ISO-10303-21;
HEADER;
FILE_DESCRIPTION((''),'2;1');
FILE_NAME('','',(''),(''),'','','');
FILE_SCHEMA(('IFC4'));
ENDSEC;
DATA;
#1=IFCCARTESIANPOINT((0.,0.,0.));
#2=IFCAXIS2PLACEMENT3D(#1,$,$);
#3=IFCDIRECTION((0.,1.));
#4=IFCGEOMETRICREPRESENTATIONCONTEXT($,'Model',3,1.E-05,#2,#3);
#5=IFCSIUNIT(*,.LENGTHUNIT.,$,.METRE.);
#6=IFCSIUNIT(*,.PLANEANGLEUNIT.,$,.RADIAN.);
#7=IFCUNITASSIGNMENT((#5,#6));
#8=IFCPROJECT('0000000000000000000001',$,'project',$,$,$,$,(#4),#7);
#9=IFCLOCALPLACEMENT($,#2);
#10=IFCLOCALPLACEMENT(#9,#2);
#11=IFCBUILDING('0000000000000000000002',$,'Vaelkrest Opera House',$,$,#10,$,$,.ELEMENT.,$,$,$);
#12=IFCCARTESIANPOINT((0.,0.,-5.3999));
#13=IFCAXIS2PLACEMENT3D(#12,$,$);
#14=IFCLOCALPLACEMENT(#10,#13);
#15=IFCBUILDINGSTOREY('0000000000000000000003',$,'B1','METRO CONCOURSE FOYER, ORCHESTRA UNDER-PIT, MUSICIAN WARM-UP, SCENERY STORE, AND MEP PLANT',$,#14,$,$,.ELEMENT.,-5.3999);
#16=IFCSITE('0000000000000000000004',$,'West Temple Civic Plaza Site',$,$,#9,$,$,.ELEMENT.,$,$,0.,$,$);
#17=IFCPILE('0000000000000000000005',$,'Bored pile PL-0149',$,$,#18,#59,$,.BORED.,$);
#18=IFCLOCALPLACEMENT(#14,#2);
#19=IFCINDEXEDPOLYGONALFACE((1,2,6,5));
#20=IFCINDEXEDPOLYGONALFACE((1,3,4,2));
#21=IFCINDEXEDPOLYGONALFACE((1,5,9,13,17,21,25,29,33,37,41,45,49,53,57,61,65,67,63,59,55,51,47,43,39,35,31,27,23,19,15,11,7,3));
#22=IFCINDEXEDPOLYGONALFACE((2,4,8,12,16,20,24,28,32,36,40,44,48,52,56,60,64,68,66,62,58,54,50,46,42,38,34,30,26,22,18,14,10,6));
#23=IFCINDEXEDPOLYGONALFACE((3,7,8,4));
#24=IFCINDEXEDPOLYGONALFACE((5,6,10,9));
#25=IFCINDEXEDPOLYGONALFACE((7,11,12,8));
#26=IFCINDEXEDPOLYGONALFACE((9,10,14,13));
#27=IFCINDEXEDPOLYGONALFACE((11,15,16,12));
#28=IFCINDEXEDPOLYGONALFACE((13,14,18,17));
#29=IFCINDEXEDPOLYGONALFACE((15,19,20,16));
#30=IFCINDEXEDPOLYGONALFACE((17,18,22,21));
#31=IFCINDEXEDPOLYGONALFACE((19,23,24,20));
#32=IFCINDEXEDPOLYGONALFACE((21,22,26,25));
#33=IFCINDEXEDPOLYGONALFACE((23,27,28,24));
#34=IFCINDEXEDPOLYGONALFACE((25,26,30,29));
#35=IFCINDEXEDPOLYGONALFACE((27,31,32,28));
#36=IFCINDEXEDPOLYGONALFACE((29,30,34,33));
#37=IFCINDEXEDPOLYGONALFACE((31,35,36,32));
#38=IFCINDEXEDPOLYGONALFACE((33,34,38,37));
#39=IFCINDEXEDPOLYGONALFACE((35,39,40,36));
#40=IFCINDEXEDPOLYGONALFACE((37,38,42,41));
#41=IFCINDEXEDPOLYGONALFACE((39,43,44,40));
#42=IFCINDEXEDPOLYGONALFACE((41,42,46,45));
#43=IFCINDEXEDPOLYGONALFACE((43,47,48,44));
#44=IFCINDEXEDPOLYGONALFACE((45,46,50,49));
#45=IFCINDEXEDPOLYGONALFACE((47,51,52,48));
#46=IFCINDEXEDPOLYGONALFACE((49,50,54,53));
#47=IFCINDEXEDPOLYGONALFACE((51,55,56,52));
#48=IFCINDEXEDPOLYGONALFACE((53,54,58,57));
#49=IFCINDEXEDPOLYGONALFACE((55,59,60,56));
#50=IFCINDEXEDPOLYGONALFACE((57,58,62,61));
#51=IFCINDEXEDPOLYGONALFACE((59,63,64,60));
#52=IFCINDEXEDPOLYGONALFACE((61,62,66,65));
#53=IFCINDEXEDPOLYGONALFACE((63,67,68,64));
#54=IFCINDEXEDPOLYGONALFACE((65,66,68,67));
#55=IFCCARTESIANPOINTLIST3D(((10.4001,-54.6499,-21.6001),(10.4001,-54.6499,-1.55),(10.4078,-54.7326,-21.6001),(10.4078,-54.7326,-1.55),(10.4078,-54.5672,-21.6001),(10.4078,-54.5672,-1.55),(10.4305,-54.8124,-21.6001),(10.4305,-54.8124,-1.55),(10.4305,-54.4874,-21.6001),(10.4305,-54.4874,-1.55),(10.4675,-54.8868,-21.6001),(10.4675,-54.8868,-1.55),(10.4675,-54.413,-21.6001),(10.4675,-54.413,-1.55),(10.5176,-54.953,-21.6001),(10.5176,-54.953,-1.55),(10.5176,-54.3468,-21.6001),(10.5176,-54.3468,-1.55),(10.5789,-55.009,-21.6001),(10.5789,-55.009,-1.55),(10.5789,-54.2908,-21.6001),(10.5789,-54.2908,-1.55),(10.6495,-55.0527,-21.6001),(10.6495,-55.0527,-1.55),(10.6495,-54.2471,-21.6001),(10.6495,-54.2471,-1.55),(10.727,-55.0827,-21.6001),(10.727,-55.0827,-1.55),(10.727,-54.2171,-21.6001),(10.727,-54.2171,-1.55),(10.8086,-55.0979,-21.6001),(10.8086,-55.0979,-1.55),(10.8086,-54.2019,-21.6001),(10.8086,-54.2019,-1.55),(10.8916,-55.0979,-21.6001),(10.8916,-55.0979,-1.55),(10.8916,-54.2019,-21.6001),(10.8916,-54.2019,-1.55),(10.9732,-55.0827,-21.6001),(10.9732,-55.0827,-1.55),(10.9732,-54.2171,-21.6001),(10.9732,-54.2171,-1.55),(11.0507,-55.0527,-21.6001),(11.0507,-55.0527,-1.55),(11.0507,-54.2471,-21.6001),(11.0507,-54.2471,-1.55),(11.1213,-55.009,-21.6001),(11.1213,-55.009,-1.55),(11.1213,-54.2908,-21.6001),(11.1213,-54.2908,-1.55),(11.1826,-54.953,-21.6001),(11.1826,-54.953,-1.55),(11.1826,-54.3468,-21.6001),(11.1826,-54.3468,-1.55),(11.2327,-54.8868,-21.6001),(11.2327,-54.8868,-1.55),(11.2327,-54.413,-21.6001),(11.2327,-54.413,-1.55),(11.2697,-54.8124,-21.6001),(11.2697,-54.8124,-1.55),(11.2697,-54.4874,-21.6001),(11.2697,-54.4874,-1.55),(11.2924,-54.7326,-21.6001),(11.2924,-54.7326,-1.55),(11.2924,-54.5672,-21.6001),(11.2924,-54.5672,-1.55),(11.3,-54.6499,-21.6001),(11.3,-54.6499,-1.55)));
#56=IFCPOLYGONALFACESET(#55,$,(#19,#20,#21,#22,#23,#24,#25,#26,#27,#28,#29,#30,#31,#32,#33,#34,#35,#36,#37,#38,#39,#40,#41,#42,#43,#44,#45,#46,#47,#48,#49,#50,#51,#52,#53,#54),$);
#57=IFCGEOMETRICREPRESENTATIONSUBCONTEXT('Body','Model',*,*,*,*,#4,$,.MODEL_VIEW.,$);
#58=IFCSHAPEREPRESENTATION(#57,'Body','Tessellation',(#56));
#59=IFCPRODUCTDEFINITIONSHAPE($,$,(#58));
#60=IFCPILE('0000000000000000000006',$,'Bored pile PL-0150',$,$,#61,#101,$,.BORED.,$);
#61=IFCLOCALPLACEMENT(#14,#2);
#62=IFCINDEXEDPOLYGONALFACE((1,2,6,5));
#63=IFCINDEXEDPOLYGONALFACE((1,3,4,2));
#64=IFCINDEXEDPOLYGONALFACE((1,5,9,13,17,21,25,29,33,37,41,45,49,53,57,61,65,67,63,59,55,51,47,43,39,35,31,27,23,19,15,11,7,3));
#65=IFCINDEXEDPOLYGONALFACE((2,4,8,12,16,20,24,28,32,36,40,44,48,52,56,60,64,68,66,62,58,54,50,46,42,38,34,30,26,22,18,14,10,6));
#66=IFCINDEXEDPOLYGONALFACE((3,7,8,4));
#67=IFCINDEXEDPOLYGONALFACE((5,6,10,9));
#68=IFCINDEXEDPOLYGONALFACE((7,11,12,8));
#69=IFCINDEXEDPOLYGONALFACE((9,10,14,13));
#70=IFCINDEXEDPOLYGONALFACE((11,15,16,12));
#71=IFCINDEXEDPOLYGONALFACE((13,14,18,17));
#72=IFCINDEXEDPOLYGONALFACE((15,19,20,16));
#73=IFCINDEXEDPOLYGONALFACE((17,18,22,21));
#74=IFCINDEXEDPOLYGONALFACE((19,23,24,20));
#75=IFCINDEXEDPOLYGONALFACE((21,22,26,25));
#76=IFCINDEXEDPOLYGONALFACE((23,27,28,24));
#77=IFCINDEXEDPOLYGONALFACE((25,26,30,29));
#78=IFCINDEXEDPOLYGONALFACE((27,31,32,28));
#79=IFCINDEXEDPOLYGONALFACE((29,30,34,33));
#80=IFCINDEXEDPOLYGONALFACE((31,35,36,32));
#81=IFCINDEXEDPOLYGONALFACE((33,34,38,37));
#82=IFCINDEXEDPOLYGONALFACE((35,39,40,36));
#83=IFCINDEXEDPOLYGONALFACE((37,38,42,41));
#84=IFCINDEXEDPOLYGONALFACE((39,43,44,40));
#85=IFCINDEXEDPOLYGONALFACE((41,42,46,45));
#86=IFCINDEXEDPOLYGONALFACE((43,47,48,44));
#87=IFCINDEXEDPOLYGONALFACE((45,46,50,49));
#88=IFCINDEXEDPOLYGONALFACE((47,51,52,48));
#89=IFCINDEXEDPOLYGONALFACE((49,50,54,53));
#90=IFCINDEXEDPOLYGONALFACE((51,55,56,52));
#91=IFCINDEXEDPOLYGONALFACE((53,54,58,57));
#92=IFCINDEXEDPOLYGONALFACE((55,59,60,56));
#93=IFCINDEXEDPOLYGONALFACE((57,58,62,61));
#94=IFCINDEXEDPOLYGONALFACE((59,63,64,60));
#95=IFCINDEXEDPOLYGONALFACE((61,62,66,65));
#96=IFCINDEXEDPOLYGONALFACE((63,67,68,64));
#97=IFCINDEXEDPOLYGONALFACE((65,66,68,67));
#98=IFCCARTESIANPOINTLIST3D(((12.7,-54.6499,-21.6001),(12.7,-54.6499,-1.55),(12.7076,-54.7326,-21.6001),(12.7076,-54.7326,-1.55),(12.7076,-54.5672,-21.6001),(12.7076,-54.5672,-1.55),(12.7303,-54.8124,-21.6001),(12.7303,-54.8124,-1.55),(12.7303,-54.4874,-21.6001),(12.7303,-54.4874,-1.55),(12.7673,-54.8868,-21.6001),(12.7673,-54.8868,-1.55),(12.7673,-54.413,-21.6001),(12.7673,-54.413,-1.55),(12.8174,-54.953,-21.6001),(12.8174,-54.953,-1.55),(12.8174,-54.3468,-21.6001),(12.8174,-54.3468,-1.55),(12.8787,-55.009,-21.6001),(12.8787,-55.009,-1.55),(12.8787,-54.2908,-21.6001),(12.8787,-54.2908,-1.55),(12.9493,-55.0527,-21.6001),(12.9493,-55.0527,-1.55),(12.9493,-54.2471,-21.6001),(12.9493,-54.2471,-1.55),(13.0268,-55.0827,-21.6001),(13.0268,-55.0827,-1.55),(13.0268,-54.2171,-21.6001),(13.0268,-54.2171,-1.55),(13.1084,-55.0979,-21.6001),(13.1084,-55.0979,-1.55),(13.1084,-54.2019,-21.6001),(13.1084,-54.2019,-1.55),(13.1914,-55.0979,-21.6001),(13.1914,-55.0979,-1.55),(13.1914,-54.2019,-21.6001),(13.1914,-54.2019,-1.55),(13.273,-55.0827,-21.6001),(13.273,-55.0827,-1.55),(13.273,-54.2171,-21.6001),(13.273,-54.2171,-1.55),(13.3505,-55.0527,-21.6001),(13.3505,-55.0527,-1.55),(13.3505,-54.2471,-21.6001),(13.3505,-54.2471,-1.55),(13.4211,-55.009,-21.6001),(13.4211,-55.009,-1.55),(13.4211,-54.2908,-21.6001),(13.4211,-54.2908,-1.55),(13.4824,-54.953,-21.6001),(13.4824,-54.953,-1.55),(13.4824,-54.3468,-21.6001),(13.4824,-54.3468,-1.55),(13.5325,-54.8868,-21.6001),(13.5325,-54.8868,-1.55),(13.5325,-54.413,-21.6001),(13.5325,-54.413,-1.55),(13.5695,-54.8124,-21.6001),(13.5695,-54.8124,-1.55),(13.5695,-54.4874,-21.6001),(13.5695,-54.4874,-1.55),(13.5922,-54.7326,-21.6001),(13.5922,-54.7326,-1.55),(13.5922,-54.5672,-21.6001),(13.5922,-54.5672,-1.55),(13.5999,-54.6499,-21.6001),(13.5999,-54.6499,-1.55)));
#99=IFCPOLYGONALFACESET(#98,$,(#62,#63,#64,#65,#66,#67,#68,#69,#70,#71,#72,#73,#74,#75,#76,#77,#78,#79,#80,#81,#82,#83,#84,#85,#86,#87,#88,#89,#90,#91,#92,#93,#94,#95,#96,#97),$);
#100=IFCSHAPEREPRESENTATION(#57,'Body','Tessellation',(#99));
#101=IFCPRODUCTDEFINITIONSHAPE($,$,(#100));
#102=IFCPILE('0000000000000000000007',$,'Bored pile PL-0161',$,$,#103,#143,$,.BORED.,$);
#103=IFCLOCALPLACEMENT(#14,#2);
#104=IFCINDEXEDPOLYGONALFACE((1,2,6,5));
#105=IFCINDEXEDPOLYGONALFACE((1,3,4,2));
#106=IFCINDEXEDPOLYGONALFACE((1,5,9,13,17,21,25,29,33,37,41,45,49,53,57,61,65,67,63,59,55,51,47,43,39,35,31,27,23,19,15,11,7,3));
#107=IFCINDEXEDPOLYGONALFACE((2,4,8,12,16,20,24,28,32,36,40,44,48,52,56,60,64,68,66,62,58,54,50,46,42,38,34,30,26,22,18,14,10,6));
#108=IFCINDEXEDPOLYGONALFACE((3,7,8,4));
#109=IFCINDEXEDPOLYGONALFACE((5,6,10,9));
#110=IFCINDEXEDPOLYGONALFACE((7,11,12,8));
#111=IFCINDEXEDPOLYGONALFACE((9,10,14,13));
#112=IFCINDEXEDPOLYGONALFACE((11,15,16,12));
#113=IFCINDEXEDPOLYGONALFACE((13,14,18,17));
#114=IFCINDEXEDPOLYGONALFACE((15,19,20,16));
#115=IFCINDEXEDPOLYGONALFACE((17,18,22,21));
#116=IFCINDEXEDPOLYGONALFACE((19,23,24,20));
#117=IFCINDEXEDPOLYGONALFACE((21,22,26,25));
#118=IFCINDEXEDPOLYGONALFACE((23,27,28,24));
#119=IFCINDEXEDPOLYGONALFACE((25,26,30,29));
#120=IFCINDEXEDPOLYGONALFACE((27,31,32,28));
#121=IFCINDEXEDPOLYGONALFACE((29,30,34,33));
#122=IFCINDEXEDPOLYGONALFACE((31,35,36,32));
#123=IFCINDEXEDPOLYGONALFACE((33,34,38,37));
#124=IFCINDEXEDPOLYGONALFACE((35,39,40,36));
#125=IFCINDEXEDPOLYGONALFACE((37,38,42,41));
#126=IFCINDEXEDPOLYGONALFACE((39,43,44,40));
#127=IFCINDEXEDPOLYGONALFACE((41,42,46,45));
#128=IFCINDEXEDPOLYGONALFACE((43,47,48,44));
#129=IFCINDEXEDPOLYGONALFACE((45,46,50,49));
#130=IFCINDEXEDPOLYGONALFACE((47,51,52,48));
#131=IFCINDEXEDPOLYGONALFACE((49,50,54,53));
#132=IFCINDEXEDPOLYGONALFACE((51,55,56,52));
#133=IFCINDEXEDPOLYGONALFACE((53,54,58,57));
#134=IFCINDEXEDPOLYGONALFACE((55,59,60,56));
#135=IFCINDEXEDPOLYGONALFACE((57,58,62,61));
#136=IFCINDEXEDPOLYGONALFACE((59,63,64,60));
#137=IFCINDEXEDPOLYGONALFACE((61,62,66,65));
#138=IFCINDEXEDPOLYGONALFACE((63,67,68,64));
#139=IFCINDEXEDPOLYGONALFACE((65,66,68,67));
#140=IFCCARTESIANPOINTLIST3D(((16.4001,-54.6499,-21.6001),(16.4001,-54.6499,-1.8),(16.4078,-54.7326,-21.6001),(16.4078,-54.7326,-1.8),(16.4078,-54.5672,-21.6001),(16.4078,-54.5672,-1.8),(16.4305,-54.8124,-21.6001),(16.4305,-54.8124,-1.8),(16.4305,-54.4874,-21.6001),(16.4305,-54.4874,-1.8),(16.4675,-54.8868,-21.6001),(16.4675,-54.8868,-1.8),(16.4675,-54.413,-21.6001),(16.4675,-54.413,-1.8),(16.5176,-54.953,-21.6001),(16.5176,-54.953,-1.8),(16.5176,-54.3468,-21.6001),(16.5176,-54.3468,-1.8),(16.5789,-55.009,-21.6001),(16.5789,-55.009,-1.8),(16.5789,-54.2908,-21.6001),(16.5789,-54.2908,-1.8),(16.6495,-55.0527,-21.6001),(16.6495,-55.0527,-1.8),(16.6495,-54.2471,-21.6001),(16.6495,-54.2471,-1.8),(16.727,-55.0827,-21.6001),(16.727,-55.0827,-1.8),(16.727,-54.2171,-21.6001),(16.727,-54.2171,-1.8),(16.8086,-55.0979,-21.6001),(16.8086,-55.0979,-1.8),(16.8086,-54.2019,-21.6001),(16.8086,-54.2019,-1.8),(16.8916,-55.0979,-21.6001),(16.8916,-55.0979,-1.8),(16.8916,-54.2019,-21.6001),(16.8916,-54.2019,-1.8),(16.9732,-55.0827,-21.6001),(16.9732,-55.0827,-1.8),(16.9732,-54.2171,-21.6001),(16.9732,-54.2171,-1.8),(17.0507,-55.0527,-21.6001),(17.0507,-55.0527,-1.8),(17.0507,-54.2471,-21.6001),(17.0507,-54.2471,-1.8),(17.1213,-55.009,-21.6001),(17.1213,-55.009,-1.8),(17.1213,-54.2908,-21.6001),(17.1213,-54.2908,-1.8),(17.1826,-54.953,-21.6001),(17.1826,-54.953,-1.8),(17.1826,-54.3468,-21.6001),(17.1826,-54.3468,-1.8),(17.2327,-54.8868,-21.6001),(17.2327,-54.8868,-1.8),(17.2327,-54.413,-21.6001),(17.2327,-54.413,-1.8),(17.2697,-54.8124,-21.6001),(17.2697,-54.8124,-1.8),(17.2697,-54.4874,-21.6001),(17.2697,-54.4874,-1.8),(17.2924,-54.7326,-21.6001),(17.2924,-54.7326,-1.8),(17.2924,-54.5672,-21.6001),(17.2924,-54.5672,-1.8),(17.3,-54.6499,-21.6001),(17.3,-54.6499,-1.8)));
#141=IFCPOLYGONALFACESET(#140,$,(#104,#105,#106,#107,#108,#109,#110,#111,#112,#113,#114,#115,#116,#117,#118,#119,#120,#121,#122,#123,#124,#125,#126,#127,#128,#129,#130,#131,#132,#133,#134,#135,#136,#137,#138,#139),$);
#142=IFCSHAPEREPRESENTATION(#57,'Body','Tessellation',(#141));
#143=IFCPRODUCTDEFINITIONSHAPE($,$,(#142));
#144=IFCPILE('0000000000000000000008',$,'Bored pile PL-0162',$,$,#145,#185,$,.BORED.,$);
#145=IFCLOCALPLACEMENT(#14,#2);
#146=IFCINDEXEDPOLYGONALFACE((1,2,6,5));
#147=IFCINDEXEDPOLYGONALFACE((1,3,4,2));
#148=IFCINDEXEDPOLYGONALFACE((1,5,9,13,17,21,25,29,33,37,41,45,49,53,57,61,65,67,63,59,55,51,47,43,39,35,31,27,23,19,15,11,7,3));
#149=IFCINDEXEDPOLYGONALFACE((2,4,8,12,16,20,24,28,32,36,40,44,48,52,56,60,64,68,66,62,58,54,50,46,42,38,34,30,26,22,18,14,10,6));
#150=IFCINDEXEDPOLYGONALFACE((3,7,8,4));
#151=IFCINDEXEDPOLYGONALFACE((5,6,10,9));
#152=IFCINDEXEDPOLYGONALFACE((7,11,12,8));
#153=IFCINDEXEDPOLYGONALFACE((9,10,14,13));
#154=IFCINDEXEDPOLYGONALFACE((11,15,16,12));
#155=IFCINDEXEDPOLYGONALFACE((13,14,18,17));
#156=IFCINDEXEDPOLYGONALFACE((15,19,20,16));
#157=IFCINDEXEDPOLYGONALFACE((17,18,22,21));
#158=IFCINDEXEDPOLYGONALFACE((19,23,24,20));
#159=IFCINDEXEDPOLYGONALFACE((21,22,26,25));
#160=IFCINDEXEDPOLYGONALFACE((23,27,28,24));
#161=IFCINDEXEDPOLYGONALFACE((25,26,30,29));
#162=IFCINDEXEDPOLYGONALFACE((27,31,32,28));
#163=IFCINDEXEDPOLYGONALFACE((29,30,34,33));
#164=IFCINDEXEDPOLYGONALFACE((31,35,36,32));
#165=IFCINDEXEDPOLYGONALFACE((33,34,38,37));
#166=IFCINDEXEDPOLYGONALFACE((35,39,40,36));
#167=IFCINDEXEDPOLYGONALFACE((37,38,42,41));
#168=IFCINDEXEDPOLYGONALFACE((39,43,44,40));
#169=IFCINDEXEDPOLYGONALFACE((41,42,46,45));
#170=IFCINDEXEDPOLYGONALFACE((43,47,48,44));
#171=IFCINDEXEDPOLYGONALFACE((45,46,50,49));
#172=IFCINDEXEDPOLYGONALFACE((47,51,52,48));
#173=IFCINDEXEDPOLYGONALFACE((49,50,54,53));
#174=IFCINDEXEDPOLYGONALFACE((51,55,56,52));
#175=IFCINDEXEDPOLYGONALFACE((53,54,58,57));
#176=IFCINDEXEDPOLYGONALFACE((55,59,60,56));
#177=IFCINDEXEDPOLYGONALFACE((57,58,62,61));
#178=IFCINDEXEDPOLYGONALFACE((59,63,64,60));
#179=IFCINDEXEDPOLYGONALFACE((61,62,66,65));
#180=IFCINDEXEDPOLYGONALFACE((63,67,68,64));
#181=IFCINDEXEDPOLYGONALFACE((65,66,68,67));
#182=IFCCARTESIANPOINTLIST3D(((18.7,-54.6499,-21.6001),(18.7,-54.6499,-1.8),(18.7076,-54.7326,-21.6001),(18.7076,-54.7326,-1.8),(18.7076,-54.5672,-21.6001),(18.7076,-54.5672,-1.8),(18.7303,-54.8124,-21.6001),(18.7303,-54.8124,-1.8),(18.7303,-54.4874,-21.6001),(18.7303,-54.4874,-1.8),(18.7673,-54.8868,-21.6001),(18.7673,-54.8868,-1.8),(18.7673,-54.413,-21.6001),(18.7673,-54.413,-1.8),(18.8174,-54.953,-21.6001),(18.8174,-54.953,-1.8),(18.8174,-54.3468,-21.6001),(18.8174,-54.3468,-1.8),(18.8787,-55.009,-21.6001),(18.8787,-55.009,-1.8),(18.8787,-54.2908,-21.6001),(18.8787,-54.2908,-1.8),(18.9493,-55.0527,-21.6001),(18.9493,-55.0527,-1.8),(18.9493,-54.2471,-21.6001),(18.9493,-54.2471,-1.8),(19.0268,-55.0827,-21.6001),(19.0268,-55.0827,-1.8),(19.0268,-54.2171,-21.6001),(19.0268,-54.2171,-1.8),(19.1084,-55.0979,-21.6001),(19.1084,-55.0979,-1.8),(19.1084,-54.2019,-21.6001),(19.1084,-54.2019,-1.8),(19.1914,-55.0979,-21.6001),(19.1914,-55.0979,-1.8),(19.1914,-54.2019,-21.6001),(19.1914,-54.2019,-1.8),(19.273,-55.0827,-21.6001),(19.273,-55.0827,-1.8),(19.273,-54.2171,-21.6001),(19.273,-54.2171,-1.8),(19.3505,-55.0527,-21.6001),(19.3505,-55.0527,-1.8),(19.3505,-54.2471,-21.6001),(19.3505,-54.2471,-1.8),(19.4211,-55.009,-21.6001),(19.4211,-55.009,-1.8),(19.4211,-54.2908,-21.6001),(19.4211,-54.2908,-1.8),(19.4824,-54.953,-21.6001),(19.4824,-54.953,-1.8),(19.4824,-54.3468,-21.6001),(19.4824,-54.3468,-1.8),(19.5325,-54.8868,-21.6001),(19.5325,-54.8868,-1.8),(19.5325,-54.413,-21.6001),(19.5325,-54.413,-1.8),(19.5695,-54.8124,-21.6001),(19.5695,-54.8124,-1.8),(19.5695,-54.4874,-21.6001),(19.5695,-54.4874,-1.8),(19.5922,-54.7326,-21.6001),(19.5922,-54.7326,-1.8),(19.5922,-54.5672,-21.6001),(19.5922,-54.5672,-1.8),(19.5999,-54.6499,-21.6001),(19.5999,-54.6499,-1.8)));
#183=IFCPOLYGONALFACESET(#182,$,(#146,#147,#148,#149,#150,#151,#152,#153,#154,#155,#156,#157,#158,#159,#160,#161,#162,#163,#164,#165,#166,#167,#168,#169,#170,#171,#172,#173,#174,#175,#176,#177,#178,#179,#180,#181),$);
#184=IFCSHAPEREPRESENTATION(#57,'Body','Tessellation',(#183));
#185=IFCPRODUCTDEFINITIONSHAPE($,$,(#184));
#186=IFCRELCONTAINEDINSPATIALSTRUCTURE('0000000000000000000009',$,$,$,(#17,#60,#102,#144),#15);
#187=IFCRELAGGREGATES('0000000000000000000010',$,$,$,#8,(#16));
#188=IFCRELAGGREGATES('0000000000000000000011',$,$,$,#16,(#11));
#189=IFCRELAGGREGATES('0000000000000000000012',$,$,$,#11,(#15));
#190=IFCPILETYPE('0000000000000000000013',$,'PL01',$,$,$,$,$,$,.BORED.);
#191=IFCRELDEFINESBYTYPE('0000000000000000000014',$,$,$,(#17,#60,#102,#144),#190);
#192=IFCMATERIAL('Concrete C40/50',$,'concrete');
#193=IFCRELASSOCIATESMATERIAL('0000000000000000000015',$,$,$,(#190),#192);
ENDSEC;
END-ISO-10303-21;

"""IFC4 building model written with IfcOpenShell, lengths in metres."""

from ifc_helpers import new_model, si_unit, direction, frame, origin, origin_2d, place, context, subcontext, project, spatial, circle, extrude, material, material_profile, profile_set, type_object, element, save


model = new_model("IFC4")

# Units and contexts
model_context = context("Model", 3, precision=1e-05, world=origin(), true_north=direction((0.0, 1.0)))
body_context = subcontext(model_context, "Body", "Model", "MODEL_VIEW")
ifc_project = project(units=[si_unit("LENGTHUNIT", "METRE"), si_unit("PLANEANGLEUNIT", "RADIAN")], contexts=[model_context])

# Site, building, storey
site_placement = place(None, origin())
site = spatial("IfcSite", under=ifc_project, at=site_placement, Name="West Temple Civic Plaza Site", CompositionType="ELEMENT", RefElevation=0.0)
building_placement = place(site_placement, origin())
building = spatial("IfcBuilding", under=site, at=building_placement, Name="Vaelkrest Opera House", CompositionType="ELEMENT")
storey_placement = place(building_placement, frame((0.0, 0.0, -5.3999)))
storey = spatial("IfcBuildingStorey", under=building, at=storey_placement, Name="B1", Description="METRO CONCOURSE FOYER, ORCHESTRA UNDER-PIT, MUSICIAN WARM-UP, SCENERY STORE, AND MEP PLANT", CompositionType="ELEMENT", Elevation=-5.3999)

# Shared definitions
ifc_material_1 = material(Name="Concrete C40/50", Category="concrete")

# Piles
ifc_material_profile_1 = material_profile(ifc_material_1, circle(Radius=0.45, at=origin_2d()), Name="PILE900")
ifc_profile_set_1 = profile_set([ifc_material_profile_1], Name="Concrete C40/50")
pile_type = type_object("IfcPileType", Name="PL01", PredefinedType="BORED", material=ifc_profile_set_1)
for number, where, z_axis, x_axis, name in (
    (1, (10.8501, -54.6499, -1.55), (0.0, 0.0, -1.0), (1.0, 0.0, 0.0), "Bored pile PL-0149"),
    (2, (13.1499, -54.6499, -1.55), (0.0, 0.0, -1.0), (1.0, 0.0, 0.0), "Bored pile PL-0150"),
):
    element("IfcPile", number, at=place(storey_placement, frame(where, z_axis=z_axis, x_axis=x_axis)), inside=storey, type_object=pile_type, Name=name, PredefinedType="BORED", context=body_context, shape_type="SweptSolid", body=[
        extrude(circle(Radius=0.45, at=origin_2d()), origin(), (0.0, 0.0, 1.0), 20.05),
    ])
for number, where, z_axis, x_axis, name in (
    (3, (16.8501, -54.6499, -1.8), (0.0, 0.0, -1.0), (1.0, 0.0, 0.0), "Bored pile PL-0161"),
    (4, (19.1499, -54.6499, -1.8), (0.0, 0.0, -1.0), (1.0, 0.0, 0.0), "Bored pile PL-0162"),
):
    element("IfcPile", number, at=place(storey_placement, frame(where, z_axis=z_axis, x_axis=x_axis)), inside=storey, type_object=pile_type, Name=name, PredefinedType="BORED", context=body_context, shape_type="SweptSolid", body=[
        extrude(circle(Radius=0.45, at=origin_2d()), origin(), (0.0, 0.0, 1.0), 19.8),
    ])

save(model, "model.ifc")
